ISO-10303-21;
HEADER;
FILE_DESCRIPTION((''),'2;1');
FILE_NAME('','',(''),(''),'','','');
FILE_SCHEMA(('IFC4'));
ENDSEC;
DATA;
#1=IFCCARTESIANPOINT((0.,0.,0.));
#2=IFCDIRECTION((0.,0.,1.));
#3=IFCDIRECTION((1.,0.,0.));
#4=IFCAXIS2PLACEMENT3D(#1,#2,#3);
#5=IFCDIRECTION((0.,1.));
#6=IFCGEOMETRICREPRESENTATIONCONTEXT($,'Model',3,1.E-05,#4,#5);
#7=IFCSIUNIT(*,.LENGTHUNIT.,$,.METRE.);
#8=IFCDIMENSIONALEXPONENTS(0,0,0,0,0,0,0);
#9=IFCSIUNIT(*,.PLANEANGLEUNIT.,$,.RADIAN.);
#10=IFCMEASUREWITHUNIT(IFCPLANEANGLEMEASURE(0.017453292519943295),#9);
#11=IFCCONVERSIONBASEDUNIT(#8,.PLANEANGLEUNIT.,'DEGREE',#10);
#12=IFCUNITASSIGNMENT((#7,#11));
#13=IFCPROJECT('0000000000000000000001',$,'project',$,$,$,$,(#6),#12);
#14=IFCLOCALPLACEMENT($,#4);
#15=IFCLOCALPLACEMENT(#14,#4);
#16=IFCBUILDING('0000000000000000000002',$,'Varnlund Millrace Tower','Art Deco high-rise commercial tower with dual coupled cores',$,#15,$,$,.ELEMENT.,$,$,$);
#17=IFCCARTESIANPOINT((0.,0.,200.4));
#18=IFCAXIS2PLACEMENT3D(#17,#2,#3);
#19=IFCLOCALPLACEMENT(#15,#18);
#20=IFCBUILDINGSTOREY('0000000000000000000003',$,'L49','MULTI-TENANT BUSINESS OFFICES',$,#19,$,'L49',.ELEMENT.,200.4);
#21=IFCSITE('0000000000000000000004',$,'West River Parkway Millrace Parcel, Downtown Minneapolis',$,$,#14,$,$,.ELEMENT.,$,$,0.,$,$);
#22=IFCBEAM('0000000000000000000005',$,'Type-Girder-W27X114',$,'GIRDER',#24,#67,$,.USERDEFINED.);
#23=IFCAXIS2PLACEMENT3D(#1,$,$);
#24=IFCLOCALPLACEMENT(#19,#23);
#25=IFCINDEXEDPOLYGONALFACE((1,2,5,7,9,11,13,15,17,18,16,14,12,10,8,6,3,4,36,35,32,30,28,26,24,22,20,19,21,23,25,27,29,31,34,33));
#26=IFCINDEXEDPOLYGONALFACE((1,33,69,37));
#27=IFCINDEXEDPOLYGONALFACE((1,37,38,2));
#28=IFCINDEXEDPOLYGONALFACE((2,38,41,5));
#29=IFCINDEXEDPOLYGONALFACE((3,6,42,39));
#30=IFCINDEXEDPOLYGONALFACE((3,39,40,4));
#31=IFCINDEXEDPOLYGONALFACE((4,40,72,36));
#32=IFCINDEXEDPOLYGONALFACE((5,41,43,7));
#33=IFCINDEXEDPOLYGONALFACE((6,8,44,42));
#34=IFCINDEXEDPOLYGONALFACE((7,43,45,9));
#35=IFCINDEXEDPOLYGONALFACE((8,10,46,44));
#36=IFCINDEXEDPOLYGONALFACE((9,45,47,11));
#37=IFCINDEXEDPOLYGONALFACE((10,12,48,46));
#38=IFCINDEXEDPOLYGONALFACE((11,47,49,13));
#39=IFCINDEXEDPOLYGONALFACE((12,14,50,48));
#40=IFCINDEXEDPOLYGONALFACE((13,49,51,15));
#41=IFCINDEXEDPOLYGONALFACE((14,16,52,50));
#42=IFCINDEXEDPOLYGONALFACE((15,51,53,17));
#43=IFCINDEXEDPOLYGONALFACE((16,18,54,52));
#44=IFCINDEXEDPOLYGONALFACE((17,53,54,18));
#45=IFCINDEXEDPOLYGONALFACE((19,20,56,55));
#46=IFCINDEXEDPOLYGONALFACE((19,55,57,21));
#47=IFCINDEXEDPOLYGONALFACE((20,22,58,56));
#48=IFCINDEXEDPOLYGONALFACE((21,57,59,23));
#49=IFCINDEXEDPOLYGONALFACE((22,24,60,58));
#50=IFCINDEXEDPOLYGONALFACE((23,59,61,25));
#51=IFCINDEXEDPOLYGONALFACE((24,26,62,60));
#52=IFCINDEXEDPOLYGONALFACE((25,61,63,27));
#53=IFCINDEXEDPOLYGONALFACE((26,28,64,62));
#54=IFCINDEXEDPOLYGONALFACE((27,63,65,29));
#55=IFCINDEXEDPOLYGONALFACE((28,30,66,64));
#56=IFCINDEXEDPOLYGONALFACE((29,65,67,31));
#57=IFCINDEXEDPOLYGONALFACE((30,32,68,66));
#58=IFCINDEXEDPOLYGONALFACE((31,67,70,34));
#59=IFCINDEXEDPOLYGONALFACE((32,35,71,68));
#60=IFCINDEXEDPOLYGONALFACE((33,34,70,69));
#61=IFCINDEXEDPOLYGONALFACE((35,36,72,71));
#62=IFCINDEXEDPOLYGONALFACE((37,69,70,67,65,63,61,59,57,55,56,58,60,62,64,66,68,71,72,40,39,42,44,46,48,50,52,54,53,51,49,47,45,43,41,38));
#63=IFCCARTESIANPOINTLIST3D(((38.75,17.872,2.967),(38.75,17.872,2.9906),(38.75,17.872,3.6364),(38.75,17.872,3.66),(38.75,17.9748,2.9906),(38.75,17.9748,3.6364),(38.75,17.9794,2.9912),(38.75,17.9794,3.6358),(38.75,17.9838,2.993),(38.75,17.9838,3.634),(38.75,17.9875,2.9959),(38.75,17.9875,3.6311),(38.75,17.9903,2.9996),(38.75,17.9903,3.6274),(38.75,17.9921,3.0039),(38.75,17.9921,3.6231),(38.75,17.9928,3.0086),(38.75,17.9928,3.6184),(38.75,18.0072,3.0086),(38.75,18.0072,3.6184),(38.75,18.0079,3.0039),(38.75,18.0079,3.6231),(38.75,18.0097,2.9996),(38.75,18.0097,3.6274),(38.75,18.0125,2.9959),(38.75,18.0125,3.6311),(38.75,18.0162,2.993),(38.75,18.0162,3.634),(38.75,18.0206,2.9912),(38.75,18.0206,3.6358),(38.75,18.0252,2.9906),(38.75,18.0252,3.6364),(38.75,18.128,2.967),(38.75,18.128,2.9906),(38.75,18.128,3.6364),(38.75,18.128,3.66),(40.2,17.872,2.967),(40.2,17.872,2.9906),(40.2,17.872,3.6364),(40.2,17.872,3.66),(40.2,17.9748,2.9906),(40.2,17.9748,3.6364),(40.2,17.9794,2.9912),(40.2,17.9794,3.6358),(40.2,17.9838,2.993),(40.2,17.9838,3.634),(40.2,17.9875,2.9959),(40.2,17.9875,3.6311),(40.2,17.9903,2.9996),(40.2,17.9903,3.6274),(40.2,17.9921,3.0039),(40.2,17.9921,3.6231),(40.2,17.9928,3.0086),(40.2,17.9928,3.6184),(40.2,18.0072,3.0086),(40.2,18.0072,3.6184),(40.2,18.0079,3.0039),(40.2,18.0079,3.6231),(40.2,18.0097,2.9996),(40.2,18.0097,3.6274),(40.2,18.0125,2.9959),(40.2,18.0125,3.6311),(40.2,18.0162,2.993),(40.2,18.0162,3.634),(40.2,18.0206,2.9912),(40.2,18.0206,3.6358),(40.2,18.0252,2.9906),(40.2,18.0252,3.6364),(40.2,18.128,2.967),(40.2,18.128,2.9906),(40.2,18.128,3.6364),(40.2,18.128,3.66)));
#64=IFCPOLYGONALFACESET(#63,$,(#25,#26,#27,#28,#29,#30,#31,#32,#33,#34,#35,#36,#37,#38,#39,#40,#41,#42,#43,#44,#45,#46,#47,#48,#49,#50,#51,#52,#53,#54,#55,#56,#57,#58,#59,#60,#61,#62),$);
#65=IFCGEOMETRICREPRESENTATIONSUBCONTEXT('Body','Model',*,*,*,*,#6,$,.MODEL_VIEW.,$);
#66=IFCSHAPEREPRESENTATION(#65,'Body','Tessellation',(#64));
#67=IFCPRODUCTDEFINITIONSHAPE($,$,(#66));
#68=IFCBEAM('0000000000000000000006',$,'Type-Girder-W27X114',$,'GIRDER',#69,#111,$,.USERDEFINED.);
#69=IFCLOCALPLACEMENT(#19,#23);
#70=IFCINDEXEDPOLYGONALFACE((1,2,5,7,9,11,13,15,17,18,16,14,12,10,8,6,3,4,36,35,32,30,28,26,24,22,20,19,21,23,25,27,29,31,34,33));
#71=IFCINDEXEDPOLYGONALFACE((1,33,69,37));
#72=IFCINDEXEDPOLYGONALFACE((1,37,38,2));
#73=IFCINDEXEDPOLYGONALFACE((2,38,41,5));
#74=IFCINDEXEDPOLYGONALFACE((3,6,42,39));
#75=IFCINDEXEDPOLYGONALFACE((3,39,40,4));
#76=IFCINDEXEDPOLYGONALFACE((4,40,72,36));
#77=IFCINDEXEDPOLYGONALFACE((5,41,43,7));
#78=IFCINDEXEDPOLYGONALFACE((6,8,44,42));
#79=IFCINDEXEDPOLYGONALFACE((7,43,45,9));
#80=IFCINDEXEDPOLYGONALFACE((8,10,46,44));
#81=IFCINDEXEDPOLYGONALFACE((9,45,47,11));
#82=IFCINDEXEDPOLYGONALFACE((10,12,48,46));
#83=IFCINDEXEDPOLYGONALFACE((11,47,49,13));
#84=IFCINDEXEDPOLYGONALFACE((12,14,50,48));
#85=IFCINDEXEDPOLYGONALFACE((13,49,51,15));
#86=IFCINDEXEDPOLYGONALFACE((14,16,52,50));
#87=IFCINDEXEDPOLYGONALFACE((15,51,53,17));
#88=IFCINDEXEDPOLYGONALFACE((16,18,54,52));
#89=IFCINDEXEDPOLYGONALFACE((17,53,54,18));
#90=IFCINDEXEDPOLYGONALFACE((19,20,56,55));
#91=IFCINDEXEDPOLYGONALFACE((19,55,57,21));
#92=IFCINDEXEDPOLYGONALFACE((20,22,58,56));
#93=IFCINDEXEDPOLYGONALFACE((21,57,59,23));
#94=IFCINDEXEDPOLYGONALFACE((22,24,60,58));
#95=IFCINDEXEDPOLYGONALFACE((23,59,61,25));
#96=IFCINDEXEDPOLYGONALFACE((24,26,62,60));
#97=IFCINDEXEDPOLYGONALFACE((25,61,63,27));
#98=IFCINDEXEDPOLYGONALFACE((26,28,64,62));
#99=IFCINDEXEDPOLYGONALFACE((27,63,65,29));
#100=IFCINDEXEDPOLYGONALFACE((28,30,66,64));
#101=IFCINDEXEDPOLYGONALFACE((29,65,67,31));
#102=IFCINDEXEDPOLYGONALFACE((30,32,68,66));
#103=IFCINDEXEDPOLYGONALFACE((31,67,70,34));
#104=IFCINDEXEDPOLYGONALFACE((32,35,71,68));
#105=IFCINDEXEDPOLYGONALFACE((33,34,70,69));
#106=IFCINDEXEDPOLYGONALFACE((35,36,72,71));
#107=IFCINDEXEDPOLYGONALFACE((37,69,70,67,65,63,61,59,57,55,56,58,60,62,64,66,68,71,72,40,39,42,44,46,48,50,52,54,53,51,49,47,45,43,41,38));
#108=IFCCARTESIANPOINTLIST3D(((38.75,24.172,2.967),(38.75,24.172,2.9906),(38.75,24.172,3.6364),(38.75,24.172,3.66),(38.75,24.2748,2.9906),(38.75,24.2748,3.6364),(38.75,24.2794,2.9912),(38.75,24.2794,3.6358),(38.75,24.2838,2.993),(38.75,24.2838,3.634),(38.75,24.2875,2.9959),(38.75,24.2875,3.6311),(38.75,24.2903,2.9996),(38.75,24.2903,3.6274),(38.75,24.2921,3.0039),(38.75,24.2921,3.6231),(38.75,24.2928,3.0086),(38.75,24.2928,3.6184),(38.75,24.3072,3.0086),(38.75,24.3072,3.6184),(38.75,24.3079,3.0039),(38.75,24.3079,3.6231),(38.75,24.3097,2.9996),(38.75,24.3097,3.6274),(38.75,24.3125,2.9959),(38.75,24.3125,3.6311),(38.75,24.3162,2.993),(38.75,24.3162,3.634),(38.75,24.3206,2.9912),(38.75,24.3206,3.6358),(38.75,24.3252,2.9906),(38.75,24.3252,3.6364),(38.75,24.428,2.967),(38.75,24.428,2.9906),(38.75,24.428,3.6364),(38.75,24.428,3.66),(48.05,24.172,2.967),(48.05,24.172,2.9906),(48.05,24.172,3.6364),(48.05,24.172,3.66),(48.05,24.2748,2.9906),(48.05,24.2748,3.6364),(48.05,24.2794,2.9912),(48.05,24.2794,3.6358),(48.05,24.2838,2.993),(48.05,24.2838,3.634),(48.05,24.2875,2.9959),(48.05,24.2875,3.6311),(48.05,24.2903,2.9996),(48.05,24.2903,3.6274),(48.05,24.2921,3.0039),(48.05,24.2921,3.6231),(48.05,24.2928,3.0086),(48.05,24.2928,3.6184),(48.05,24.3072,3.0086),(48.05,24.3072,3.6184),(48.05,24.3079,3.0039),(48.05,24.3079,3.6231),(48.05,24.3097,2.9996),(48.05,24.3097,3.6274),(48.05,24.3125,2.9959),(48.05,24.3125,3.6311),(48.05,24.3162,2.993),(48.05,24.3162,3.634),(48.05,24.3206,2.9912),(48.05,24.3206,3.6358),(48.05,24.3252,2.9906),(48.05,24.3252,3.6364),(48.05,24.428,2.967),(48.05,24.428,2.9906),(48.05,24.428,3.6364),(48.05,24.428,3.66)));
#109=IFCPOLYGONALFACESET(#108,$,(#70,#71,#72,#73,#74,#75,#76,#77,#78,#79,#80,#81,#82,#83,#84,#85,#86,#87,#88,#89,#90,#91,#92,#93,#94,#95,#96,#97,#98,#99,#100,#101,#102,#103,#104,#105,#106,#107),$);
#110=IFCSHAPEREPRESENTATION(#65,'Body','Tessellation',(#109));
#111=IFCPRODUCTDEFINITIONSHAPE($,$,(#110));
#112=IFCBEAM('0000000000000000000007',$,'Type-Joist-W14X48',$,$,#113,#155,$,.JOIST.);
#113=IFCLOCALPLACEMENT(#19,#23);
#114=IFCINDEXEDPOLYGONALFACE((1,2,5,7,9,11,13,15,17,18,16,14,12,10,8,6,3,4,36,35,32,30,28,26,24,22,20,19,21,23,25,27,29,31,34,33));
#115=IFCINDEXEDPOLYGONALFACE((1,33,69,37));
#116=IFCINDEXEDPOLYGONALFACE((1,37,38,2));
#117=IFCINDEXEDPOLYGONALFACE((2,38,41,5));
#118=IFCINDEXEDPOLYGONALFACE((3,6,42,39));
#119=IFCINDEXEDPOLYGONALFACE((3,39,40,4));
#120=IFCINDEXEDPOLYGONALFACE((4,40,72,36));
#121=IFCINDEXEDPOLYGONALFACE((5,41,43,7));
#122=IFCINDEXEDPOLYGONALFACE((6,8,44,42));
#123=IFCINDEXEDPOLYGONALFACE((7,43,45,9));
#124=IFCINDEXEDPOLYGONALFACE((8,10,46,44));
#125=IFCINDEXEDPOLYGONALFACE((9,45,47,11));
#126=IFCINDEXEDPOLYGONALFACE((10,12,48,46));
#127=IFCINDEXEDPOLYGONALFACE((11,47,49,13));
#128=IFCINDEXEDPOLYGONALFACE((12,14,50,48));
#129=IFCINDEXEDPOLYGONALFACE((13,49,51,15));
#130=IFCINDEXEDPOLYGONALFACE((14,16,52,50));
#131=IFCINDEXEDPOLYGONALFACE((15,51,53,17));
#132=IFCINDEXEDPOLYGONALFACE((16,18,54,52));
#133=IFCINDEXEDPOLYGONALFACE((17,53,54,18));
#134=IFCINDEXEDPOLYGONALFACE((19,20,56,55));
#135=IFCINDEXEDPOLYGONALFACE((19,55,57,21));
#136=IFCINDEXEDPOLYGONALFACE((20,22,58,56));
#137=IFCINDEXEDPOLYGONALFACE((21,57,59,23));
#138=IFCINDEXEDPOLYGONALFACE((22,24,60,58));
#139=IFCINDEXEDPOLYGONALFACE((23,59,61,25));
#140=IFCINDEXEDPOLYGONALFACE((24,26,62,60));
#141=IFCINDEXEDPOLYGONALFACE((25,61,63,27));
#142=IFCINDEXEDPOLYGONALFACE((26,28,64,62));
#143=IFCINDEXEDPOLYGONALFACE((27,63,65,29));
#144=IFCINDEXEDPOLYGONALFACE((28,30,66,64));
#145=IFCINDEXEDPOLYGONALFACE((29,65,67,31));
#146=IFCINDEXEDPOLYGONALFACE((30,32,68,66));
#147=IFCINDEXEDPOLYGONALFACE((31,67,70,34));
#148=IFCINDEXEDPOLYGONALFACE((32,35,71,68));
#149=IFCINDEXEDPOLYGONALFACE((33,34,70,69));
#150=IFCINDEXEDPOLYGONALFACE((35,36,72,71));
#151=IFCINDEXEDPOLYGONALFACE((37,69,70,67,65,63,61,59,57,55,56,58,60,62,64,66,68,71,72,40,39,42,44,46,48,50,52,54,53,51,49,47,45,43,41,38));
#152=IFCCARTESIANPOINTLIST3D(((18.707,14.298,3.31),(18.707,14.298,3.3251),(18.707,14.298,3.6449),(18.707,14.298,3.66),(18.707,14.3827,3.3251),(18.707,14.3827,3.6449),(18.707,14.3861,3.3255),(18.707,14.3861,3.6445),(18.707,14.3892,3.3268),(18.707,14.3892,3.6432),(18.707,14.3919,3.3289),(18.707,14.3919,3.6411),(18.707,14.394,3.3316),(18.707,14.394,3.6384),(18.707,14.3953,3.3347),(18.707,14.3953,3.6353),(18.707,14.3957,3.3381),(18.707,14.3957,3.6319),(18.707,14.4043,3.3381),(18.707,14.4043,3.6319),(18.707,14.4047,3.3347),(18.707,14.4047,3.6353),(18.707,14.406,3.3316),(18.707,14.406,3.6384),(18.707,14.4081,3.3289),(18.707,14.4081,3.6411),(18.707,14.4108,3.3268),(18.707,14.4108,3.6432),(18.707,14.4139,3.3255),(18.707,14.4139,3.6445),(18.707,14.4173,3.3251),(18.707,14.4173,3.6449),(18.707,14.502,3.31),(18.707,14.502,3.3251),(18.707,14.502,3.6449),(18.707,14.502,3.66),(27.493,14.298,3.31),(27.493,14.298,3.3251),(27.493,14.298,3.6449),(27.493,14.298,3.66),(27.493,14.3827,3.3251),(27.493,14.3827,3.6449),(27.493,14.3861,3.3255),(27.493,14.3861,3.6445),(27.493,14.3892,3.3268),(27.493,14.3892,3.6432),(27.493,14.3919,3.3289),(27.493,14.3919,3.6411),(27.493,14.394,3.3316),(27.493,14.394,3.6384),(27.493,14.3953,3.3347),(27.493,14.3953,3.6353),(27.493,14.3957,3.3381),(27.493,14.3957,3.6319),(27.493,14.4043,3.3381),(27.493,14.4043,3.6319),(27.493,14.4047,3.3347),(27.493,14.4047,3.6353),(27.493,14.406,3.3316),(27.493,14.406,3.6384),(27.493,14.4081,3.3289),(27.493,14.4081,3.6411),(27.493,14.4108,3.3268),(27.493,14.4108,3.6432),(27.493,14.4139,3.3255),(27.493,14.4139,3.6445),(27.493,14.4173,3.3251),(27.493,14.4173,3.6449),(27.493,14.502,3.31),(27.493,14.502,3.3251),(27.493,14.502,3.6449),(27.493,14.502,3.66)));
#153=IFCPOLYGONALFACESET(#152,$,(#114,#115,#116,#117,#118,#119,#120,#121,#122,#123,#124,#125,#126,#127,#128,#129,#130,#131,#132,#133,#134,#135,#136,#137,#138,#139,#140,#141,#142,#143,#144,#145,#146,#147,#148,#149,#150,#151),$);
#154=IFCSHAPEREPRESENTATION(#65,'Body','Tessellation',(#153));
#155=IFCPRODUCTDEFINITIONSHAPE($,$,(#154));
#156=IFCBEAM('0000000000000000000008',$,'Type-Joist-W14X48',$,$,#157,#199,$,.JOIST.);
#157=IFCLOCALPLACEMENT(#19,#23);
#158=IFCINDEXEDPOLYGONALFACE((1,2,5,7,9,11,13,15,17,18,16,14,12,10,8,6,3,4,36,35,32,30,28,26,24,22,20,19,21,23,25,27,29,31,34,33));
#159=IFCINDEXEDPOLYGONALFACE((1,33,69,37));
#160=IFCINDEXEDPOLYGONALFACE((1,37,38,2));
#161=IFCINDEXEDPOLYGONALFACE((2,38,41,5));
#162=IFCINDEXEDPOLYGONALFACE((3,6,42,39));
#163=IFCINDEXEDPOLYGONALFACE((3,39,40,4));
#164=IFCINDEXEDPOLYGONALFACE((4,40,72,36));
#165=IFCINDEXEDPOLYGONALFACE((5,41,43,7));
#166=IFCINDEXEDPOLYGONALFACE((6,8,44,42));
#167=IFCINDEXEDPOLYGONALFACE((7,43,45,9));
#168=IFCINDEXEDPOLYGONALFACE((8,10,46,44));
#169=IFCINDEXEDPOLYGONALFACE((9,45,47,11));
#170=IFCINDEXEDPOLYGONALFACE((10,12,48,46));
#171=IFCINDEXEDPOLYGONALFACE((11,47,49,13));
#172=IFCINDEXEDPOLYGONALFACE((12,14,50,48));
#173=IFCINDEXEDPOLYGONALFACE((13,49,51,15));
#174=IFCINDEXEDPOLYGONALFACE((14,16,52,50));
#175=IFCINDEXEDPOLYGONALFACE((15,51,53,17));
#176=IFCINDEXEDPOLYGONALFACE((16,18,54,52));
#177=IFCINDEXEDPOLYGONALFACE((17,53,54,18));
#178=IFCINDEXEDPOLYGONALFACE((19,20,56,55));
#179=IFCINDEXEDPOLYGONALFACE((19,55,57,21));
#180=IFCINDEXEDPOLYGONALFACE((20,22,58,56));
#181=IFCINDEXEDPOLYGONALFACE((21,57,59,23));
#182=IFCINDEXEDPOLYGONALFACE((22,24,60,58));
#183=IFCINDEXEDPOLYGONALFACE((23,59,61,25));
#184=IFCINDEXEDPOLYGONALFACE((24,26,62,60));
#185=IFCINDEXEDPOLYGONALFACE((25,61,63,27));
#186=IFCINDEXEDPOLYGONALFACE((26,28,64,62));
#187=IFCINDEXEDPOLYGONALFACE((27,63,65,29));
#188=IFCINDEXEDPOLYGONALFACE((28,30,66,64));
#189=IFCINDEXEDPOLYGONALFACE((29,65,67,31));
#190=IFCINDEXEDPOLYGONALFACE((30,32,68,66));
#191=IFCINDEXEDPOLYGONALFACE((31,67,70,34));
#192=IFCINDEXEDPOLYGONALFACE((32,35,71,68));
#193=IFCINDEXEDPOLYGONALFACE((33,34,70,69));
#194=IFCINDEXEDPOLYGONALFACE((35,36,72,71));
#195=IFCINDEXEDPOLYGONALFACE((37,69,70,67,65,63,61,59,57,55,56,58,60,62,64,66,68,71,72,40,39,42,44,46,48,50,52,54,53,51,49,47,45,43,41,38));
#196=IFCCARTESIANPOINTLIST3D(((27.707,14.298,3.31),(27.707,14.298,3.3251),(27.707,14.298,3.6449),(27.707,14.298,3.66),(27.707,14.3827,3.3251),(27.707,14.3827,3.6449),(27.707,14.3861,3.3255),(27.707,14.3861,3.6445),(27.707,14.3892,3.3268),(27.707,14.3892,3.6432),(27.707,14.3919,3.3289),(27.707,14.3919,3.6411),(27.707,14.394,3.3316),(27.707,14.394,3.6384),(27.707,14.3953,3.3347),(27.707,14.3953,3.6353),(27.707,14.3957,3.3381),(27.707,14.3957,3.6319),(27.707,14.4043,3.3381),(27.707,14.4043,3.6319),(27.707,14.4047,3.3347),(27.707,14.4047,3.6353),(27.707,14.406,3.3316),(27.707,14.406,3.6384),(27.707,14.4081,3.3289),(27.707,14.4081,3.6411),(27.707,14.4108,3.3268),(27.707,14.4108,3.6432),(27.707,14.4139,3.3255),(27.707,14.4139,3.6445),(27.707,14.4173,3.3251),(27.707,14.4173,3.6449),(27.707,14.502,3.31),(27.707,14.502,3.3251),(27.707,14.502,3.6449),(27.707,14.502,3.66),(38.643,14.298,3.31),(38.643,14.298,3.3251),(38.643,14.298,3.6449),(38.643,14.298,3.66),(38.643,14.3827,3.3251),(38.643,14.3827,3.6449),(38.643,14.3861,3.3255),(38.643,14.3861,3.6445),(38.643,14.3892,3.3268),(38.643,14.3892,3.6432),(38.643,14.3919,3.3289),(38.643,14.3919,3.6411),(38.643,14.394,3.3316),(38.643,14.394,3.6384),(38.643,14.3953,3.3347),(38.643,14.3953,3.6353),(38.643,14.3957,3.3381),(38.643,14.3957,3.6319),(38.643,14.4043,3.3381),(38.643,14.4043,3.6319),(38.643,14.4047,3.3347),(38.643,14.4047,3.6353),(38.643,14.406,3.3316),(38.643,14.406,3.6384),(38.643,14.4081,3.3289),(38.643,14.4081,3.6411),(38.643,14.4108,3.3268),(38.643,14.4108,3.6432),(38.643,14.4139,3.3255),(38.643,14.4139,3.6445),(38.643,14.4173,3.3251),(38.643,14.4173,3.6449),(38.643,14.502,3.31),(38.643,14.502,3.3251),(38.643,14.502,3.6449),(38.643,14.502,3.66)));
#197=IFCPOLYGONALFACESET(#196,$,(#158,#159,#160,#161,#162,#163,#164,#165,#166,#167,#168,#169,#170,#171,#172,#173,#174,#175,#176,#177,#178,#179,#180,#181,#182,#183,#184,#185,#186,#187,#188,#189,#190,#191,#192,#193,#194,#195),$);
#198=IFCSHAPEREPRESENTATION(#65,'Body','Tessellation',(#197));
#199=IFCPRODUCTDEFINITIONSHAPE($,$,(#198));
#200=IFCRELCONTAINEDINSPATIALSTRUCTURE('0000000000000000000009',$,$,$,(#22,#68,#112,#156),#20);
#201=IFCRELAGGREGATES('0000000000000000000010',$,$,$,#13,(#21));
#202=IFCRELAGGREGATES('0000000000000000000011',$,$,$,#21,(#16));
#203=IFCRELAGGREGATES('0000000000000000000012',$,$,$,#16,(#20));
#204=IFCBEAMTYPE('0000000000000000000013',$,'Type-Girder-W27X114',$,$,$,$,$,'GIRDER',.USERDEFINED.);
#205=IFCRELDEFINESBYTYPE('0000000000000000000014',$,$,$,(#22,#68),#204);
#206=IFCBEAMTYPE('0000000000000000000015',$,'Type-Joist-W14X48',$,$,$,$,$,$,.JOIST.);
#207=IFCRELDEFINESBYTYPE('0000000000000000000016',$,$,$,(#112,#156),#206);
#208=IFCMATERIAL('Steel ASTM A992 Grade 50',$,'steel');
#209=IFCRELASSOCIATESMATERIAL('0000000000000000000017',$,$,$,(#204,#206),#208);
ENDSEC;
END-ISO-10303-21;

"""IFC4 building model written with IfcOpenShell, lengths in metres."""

from ifc_helpers import new_model, entity, si_unit, converted_unit, direction, frame, origin_with_axes, origin_2d_with_axis, place, context, subcontext, project, spatial, i_section, extrude, material, material_profile, profile_set, type_object, element, save


model = new_model("IFC4")

# Units and contexts
model_context = context("Model", 3, precision=1e-05, world=origin_with_axes(), true_north=direction((0.0, 1.0)))
body_context = subcontext(model_context, "Body", "Model", "MODEL_VIEW")
ifc_project = project(units=[si_unit("LENGTHUNIT", "METRE"), converted_unit("PLANEANGLEUNIT", "DEGREE", entity("IfcPlaneAngleMeasure", 0.017453292519943295), si_unit("PLANEANGLEUNIT", "RADIAN"), dimensions=[0, 0, 0, 0, 0, 0, 0])], contexts=[model_context])

# Site, building, storey
site_placement = place(None, origin_with_axes())
site = spatial("IfcSite", under=ifc_project, at=site_placement, Name="West River Parkway Millrace Parcel, Downtown Minneapolis", CompositionType="ELEMENT", RefElevation=0.0)
building_placement = place(site_placement, origin_with_axes())
building = spatial("IfcBuilding", under=site, at=building_placement, Name="Varnlund Millrace Tower", Description="Art Deco high-rise commercial tower with dual coupled cores", CompositionType="ELEMENT")
storey_placement = place(building_placement, frame((0.0, 0.0, 200.4), z_axis=(0.0, 0.0, 1.0), x_axis=(1.0, 0.0, 0.0)))
storey = spatial("IfcBuildingStorey", under=building, at=storey_placement, Name="L49", Description="MULTI-TENANT BUSINESS OFFICES", LongName="L49", CompositionType="ELEMENT", Elevation=200.4)

# Beams
ifc_material_1 = material(Name="Steel ASTM A992 Grade 50", Category="steel")
ifc_material_profile_1 = material_profile(ifc_material_1, i_section(OverallWidth=0.256, OverallDepth=0.693, WebThickness=0.0145, FlangeThickness=0.0236, FilletRadius=0.018, at=origin_2d_with_axis()), Name="Steel ASTM A992 Grade 50")
ifc_profile_set_1 = profile_set([ifc_material_profile_1], Name="Steel ASTM A992 Grade 50")
beam_type_1 = type_object("IfcBeamType", Name="Type-Girder-W27X114", ElementType="GIRDER", PredefinedType="USERDEFINED", material=ifc_profile_set_1)
beam_1_placement = place(storey_placement, frame((38.75, 18.0, 3.3135), z_axis=(1.0, 0.0, 0.0), x_axis=(0.0, 1.0, 0.0)))
element("IfcBeam", 1, at=beam_1_placement, inside=storey, type_object=beam_type_1, Name="Type-Girder-W27X114", ObjectType="GIRDER", PredefinedType="USERDEFINED", context=body_context, shape_type="SweptSolid", body=[
    extrude(i_section(OverallWidth=0.256, OverallDepth=0.693, WebThickness=0.0145, FlangeThickness=0.0236, FilletRadius=0.018, at=origin_2d_with_axis()), origin_with_axes(), (0.0, 0.0, 1.0), 1.45),
])
beam_2_placement = place(storey_placement, frame((38.75, 24.3, 3.3135), z_axis=(1.0, 0.0, 0.0), x_axis=(0.0, 1.0, 0.0)))
element("IfcBeam", 2, at=beam_2_placement, inside=storey, type_object=beam_type_1, Name="Type-Girder-W27X114", ObjectType="GIRDER", PredefinedType="USERDEFINED", context=body_context, shape_type="SweptSolid", body=[
    extrude(i_section(OverallWidth=0.256, OverallDepth=0.693, WebThickness=0.0145, FlangeThickness=0.0236, FilletRadius=0.018, at=origin_2d_with_axis()), origin_with_axes(), (0.0, 0.0, 1.0), 9.3),
])
ifc_material_profile_2 = material_profile(ifc_material_1, i_section(OverallWidth=0.204, OverallDepth=0.35, WebThickness=0.0086, FlangeThickness=0.0151, FilletRadius=0.013, at=origin_2d_with_axis()), Name="Steel ASTM A992 Grade 50")
ifc_profile_set_2 = profile_set([ifc_material_profile_2], Name="Steel ASTM A992 Grade 50")
beam_type_2 = type_object("IfcBeamType", Name="Type-Joist-W14X48", PredefinedType="JOIST", material=ifc_profile_set_2)
beam_3_placement = place(storey_placement, frame((18.707, 14.4, 3.485), z_axis=(1.0, 0.0, 0.0), x_axis=(0.0, 1.0, 0.0)))
element("IfcBeam", 3, at=beam_3_placement, inside=storey, type_object=beam_type_2, Name="Type-Joist-W14X48", PredefinedType="JOIST", context=body_context, shape_type="SweptSolid", body=[
    extrude(i_section(OverallWidth=0.204, OverallDepth=0.35, WebThickness=0.0086, FlangeThickness=0.0151, FilletRadius=0.013, at=origin_2d_with_axis()), origin_with_axes(), (0.0, 0.0, 1.0), 8.786),
])
beam_4_placement = place(storey_placement, frame((27.707, 14.4, 3.485), z_axis=(1.0, 0.0, 0.0), x_axis=(0.0, 1.0, 0.0)))
element("IfcBeam", 4, at=beam_4_placement, inside=storey, type_object=beam_type_2, Name="Type-Joist-W14X48", PredefinedType="JOIST", context=body_context, shape_type="SweptSolid", body=[
    extrude(i_section(OverallWidth=0.204, OverallDepth=0.35, WebThickness=0.0086, FlangeThickness=0.0151, FilletRadius=0.013, at=origin_2d_with_axis()), origin_with_axes(), (0.0, 0.0, 1.0), 10.936),
])

save(model, "model.ifc")
